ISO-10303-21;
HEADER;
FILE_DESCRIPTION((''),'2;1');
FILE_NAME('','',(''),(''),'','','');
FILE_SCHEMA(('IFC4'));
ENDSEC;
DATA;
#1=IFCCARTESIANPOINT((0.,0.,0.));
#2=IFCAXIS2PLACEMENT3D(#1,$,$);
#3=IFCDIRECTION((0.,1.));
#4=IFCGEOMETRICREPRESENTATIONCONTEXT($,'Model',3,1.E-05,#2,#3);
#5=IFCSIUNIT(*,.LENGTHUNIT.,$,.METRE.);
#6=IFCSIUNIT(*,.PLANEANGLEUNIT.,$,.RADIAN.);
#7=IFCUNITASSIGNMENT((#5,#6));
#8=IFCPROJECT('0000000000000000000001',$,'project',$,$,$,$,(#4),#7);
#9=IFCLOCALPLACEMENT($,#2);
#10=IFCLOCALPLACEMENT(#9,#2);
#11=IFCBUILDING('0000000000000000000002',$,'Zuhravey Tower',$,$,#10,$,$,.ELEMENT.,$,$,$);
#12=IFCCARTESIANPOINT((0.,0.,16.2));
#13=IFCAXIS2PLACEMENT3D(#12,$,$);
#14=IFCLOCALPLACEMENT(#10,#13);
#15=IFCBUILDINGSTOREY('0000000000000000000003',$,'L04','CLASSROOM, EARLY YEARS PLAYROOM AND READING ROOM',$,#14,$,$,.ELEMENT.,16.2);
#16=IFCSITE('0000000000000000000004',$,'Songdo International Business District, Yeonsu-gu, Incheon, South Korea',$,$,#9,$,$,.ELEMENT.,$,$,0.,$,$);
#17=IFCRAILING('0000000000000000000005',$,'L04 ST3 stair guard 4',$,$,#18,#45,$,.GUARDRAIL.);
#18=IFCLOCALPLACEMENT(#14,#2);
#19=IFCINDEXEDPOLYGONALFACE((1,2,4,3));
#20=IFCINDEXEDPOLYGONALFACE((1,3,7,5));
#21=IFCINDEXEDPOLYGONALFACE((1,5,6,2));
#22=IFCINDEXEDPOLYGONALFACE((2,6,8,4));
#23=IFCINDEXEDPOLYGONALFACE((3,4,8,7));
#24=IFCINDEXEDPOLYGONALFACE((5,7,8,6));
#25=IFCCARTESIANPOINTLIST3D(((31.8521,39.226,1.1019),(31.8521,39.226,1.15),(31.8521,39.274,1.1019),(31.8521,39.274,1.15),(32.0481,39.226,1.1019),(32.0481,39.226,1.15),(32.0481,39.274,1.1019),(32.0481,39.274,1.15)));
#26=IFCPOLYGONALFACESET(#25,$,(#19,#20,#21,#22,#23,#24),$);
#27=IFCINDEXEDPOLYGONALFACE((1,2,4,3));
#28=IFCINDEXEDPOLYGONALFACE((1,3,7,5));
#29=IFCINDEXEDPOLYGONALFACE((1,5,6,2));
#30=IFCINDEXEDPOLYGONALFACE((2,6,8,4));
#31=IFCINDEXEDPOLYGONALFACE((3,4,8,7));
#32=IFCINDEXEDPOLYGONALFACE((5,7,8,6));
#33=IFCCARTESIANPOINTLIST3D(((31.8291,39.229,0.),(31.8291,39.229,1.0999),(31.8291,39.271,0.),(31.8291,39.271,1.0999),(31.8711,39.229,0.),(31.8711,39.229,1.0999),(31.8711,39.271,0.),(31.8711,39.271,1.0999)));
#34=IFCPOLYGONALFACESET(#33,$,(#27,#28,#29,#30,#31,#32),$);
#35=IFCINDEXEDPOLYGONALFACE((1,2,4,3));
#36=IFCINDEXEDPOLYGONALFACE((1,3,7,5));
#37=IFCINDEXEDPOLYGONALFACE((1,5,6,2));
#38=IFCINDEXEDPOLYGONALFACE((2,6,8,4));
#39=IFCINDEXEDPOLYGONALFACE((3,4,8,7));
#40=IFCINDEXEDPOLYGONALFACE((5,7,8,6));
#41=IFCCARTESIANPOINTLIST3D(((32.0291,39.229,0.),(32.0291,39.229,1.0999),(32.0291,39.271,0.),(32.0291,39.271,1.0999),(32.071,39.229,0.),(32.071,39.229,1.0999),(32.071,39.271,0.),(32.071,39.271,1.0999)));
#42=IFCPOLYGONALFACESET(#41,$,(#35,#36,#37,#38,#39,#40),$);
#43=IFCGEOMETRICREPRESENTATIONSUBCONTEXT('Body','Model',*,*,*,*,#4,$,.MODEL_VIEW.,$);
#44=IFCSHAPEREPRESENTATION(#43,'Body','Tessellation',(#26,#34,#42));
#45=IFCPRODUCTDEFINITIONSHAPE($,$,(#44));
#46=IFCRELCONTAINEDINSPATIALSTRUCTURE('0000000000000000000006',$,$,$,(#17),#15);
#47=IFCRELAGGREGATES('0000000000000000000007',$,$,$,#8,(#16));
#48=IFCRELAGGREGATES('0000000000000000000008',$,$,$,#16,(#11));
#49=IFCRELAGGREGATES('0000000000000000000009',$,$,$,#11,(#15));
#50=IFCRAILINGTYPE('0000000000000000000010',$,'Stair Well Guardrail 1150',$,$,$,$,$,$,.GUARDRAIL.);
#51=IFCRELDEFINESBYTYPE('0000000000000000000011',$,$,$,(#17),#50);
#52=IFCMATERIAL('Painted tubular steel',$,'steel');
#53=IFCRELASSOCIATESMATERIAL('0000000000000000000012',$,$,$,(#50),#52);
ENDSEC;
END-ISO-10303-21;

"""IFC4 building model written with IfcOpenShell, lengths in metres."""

from ifc_helpers import new_model, si_unit, direction, frame, origin, origin_2d, place, context, subcontext, project, spatial, rectangle, extrude, material, type_object, element, save


model = new_model("IFC4")

# Units and contexts
model_context = context("Model", 3, precision=1e-05, world=origin(), true_north=direction((0.0, 1.0)))
body_context = subcontext(model_context, "Body", "Model", "MODEL_VIEW")
ifc_project = project(units=[si_unit("LENGTHUNIT", "METRE"), si_unit("PLANEANGLEUNIT", "RADIAN")], contexts=[model_context])

# Site, building, storey
site_placement = place(None, origin())
site = spatial("IfcSite", under=ifc_project, at=site_placement, Name="Songdo International Business District, Yeonsu-gu, Incheon, South Korea", CompositionType="ELEMENT", RefElevation=0.0)
building_placement = place(site_placement, origin())
building = spatial("IfcBuilding", under=site, at=building_placement, Name="Zuhravey Tower", CompositionType="ELEMENT")
storey_placement = place(building_placement, frame((0.0, 0.0, 16.2)))
storey = spatial("IfcBuildingStorey", under=building, at=storey_placement, Name="L04", Description="CLASSROOM, EARLY YEARS PLAYROOM AND READING ROOM", CompositionType="ELEMENT", Elevation=16.2)

# Railing
ifc_material_1 = material(Name="Painted tubular steel", Category="steel")
railing_type_1 = type_object("IfcRailingType", Name="Stair Well Guardrail 1150", PredefinedType="GUARDRAIL", material=ifc_material_1)
railing_1_placement = place(storey_placement, frame((31.8501, 39.25, 0.0)))
element("IfcRailing", 1, at=railing_1_placement, inside=storey, type_object=railing_type_1, Name="L04 ST3 stair guard 4", PredefinedType="GUARDRAIL", context=body_context, shape_type="SweptSolid", body=[
    extrude(rectangle(XDim=0.0481, YDim=0.0481, at=origin_2d()), frame((0.002, 0.0, 1.126), z_axis=(1.0, 0.0, 0.0), x_axis=(0.0, 1.0, 0.0)), (0.0, 0.0, 1.0), 0.196),
    extrude(rectangle(XDim=0.042, YDim=0.042, at=origin_2d()), origin(), (0.0, 0.0, 1.0), 1.0999),
    extrude(rectangle(XDim=0.042, YDim=0.042, at=origin_2d()), frame((0.2, 0.0, 0.0)), (0.0, 0.0, 1.0), 1.0999),
])

save(model, "model.ifc")
